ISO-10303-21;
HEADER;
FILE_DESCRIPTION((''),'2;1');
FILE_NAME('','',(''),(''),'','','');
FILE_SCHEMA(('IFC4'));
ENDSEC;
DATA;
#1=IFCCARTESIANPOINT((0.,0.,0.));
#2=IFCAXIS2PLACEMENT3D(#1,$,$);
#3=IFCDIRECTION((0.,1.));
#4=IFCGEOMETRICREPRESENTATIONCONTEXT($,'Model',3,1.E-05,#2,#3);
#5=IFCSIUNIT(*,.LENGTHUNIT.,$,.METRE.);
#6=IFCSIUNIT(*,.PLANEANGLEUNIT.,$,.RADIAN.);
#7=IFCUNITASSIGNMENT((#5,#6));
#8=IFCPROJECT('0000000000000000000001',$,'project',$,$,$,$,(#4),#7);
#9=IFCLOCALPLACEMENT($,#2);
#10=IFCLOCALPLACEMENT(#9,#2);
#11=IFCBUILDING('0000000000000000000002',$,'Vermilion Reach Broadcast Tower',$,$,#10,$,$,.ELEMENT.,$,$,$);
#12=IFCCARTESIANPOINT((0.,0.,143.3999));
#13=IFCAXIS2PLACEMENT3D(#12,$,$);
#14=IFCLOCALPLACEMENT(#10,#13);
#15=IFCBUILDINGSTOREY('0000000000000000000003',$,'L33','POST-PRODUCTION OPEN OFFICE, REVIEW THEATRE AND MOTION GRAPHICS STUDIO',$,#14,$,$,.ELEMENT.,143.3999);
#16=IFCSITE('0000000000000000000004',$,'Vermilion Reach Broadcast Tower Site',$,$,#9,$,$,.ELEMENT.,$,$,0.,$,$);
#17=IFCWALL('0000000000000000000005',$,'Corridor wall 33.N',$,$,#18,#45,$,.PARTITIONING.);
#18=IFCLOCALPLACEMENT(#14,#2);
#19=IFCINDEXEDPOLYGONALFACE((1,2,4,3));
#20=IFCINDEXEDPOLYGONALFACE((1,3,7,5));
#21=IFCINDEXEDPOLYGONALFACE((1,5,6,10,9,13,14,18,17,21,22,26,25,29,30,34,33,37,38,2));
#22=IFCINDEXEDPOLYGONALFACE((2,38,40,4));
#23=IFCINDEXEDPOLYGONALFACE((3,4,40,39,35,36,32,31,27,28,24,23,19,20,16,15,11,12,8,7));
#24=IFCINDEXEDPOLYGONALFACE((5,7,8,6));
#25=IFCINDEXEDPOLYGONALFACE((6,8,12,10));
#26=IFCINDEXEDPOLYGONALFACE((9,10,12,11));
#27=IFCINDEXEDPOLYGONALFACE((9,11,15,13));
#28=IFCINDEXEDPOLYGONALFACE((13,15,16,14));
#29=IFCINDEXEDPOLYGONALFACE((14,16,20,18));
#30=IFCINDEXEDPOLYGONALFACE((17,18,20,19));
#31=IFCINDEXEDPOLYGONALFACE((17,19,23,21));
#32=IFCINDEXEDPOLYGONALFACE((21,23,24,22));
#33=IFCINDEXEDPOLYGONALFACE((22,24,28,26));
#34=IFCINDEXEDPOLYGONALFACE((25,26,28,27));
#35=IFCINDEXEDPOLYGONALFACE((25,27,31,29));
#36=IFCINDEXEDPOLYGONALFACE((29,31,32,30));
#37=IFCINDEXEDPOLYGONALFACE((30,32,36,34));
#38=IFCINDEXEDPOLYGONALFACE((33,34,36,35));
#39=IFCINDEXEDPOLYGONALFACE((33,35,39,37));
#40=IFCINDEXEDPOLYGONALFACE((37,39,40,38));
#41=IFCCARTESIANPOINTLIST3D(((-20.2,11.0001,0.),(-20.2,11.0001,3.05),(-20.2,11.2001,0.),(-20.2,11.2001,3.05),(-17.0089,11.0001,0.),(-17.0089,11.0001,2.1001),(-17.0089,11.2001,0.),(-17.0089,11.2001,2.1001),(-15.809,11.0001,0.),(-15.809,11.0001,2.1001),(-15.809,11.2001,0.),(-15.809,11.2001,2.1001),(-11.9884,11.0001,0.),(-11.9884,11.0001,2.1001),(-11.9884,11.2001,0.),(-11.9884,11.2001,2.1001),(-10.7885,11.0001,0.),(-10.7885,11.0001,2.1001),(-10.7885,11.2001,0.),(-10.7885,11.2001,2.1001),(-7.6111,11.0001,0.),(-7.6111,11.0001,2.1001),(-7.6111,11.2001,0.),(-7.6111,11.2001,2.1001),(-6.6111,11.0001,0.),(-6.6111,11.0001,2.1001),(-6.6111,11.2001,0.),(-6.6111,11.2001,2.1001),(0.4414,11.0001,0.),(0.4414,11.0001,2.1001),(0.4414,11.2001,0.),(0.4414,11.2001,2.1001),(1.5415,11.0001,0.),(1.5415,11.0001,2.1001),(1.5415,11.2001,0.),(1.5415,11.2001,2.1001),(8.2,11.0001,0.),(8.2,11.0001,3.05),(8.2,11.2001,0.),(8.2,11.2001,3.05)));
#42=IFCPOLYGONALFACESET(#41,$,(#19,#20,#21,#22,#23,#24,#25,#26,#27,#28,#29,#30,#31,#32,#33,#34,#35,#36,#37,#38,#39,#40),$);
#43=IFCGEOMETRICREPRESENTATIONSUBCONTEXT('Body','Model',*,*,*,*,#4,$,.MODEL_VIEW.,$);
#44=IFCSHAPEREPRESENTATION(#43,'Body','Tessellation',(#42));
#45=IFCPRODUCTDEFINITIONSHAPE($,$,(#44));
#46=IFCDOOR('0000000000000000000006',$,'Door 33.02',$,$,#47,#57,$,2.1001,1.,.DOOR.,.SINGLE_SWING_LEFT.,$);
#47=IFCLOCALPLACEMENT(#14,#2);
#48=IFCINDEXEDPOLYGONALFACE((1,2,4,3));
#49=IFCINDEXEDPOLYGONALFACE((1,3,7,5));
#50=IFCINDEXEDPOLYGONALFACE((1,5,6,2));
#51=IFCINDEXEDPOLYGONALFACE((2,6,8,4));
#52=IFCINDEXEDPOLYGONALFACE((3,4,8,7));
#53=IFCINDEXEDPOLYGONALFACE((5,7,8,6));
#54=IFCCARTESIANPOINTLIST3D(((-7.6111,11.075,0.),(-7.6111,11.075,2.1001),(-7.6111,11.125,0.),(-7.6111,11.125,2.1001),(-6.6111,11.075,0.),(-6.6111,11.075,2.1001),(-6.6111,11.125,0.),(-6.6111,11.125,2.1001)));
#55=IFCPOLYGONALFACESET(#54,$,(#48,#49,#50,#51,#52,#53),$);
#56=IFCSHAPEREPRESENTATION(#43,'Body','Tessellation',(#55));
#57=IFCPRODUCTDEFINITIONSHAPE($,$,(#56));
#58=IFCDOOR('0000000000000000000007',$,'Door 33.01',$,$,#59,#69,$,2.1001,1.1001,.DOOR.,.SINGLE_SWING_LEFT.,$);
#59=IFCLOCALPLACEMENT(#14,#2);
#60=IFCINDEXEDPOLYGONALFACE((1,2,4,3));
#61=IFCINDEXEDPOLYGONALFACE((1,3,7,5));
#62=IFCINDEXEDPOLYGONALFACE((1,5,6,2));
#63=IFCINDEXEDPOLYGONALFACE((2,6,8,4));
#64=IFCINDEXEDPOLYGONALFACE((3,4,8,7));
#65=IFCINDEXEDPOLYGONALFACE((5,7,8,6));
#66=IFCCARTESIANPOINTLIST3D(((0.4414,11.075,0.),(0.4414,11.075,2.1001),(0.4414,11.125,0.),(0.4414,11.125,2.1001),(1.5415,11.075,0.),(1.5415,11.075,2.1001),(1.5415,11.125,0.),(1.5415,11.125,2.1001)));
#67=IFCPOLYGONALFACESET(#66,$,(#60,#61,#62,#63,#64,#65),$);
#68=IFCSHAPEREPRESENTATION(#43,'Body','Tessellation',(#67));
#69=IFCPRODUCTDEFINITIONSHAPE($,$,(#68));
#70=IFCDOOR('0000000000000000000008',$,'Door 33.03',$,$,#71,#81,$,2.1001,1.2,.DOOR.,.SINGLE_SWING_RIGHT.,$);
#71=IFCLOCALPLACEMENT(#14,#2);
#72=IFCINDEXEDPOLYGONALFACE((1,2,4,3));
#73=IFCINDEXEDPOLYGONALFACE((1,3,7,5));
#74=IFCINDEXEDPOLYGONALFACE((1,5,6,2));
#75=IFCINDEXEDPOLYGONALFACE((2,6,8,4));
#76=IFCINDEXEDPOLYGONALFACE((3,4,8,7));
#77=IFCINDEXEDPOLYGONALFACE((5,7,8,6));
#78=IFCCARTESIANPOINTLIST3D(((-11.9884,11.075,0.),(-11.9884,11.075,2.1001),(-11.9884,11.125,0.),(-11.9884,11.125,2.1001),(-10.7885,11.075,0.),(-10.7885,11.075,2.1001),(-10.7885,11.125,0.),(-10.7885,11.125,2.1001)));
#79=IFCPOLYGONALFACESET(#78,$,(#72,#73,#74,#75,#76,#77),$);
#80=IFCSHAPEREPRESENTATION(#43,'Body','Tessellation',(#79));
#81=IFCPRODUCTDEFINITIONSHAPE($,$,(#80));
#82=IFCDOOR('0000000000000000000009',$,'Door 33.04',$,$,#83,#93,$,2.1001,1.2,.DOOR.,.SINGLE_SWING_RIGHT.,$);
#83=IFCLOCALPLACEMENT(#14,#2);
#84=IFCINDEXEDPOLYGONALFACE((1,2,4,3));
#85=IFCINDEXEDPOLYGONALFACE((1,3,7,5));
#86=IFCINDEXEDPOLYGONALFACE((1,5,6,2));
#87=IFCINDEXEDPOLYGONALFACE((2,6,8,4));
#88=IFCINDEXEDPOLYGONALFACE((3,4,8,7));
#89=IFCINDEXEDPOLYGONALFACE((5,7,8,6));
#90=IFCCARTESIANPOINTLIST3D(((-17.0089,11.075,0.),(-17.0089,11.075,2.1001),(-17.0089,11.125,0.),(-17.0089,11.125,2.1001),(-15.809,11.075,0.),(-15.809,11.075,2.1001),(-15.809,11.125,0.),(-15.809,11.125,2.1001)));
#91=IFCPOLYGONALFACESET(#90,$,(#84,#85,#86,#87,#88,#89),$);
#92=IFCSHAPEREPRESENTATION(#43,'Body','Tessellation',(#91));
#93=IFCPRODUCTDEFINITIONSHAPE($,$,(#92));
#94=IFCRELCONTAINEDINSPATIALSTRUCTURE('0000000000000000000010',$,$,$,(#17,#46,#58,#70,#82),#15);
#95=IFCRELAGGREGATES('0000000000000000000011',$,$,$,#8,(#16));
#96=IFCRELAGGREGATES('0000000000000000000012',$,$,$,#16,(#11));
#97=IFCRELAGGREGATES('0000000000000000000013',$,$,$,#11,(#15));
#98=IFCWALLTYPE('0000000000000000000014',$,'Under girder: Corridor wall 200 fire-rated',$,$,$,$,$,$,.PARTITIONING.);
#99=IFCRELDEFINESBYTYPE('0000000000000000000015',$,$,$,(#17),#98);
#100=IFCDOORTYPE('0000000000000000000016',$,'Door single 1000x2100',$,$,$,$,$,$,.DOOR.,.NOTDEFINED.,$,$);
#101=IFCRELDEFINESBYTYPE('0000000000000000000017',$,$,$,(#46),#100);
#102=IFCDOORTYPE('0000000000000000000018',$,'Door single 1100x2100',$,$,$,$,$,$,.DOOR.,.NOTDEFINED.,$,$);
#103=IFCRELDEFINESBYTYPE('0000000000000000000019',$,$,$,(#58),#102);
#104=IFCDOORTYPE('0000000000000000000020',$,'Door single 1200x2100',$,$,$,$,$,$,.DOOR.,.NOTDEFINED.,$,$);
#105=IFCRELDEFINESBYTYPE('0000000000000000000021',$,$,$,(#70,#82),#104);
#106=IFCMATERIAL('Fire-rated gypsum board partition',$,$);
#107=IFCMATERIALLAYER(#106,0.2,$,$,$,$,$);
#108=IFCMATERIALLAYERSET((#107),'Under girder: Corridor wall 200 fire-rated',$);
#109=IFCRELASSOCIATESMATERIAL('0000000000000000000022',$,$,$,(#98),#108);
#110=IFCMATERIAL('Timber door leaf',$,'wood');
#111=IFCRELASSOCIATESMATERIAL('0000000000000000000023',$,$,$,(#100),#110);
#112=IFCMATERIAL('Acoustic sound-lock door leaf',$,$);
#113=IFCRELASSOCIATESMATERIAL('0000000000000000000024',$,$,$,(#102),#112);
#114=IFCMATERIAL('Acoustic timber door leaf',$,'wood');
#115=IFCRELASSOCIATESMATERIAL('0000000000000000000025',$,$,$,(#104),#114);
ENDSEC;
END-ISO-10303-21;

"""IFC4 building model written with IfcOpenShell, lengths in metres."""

from ifc_helpers import new_model, si_unit, direction, frame, frame_2d, origin, place, context, subcontext, project, spatial, rectangle, extrude, material, layer, layer_set, type_object, element, fill, save


model = new_model("IFC4")

# Units and contexts
model_context = context("Model", 3, precision=1e-05, world=origin(), true_north=direction((0.0, 1.0)))
body_context = subcontext(model_context, "Body", "Model", "MODEL_VIEW")
ifc_project = project(units=[si_unit("LENGTHUNIT", "METRE"), si_unit("PLANEANGLEUNIT", "RADIAN")], contexts=[model_context])

# Site, building, storey
site_placement = place(None, origin())
site = spatial("IfcSite", under=ifc_project, at=site_placement, Name="Vermilion Reach Broadcast Tower Site", CompositionType="ELEMENT", RefElevation=0.0)
building_placement = place(site_placement, origin())
building = spatial("IfcBuilding", under=site, at=building_placement, Name="Vermilion Reach Broadcast Tower", CompositionType="ELEMENT")
storey_placement = place(building_placement, frame((0.0, 0.0, 143.3999)))
storey = spatial("IfcBuildingStorey", under=building, at=storey_placement, Name="L33", Description="POST-PRODUCTION OPEN OFFICE, REVIEW THEATRE AND MOTION GRAPHICS STUDIO", CompositionType="ELEMENT", Elevation=143.3999)

# Wall, openings, doors
ifc_material_1 = material(Name="Fire-rated gypsum board partition")
ifc_layer_1 = layer(ifc_material_1, 0.2)
ifc_layer_set_1 = layer_set([ifc_layer_1], Name="Under girder: Corridor wall 200 fire-rated")
wall_type_1 = type_object("IfcWallType", Name="Under girder: Corridor wall 200 fire-rated", PredefinedType="PARTITIONING", material=ifc_layer_set_1)
wall_1_placement = place(storey_placement, frame((-20.2, 11.1001, 0.0), z_axis=(0.0, 0.0, 1.0), x_axis=(1.0, 0.0, 0.0)))
wall_1 = element("IfcWall", 1, at=wall_1_placement, inside=storey, type_object=wall_type_1, Name="Corridor wall 33.N", PredefinedType="PARTITIONING", context=body_context, shape_type="SweptSolid", body=[
    extrude(rectangle(XDim=28.3999, YDim=0.2, at=frame_2d((14.2, 0.0))), origin(), (0.0, 0.0, 1.0), 3.05),
])
opening_1_placement = place(wall_1_placement, frame((20.6414, 0.0, 0.0)))
opening_1 = element("IfcOpeningElement", 2, at=opening_1_placement, cuts=wall_1, PredefinedType="OPENING", context=body_context, shape_type="SweptSolid", body=[
    extrude(rectangle(XDim=1.1001, YDim=2.1001, at=frame_2d((0.55, 1.05))), frame((0.0, 0.1099, 0.0), z_axis=(0.0, -1.0, 0.0), x_axis=(1.0, 0.0, 0.0)), (0.0, 0.0, 1.0), 0.22),
])
opening_2_placement = place(wall_1_placement, frame((12.5889, 0.0, 0.0)))
opening_2 = element("IfcOpeningElement", 3, at=opening_2_placement, cuts=wall_1, PredefinedType="OPENING", context=body_context, shape_type="SweptSolid", body=[
    extrude(rectangle(XDim=1.0, YDim=2.1001, at=frame_2d((0.5, 1.05))), frame((0.0, 0.1099, 0.0), z_axis=(0.0, -1.0, 0.0), x_axis=(1.0, 0.0, 0.0)), (0.0, 0.0, 1.0), 0.22),
])
opening_3_placement = place(wall_1_placement, frame((8.2114, 0.0, 0.0)))
opening_3 = element("IfcOpeningElement", 4, at=opening_3_placement, cuts=wall_1, PredefinedType="OPENING", context=body_context, shape_type="SweptSolid", body=[
    extrude(rectangle(XDim=1.2, YDim=2.1001, at=frame_2d((0.6001, 1.05))), frame((0.0, 0.1099, 0.0), z_axis=(0.0, -1.0, 0.0), x_axis=(1.0, 0.0, 0.0)), (0.0, 0.0, 1.0), 0.22),
])
opening_4_placement = place(wall_1_placement, frame((3.1909, 0.0, 0.0)))
opening_4 = element("IfcOpeningElement", 5, at=opening_4_placement, cuts=wall_1, PredefinedType="OPENING", context=body_context, shape_type="SweptSolid", body=[
    extrude(rectangle(XDim=1.2, YDim=2.1001, at=frame_2d((0.6001, 1.05))), frame((0.0, 0.1099, 0.0), z_axis=(0.0, -1.0, 0.0), x_axis=(1.0, 0.0, 0.0)), (0.0, 0.0, 1.0), 0.22),
])
ifc_material_2 = material(Name="Timber door leaf", Category="wood")
door_type_1 = type_object("IfcDoorType", Name="Door single 1000x2100", OperationType="NOTDEFINED", PredefinedType="DOOR", material=ifc_material_2)
door_1_placement = place(opening_2_placement, origin())
door_1 = element("IfcDoor", 6, at=door_1_placement, inside=storey, type_object=door_type_1, Name="Door 33.02", OperationType="SINGLE_SWING_LEFT", OverallHeight=2.1001, OverallWidth=1.0, PredefinedType="DOOR", context=body_context, shape_type="SweptSolid", body=[
    extrude(rectangle(XDim=1.0, YDim=2.1001, at=frame_2d((0.5, 1.05))), frame((0.0, 0.0249, 0.0), z_axis=(0.0, -1.0, 0.0), x_axis=(1.0, 0.0, 0.0)), (0.0, 0.0, 1.0), 0.05),
])
fill(opening_2, door_1)
ifc_material_3 = material(Name="Acoustic sound-lock door leaf")
door_type_2 = type_object("IfcDoorType", Name="Door single 1100x2100", OperationType="NOTDEFINED", PredefinedType="DOOR", material=ifc_material_3)
door_2_placement = place(opening_1_placement, origin())
door_2 = element("IfcDoor", 7, at=door_2_placement, inside=storey, type_object=door_type_2, Name="Door 33.01", OperationType="SINGLE_SWING_LEFT", OverallHeight=2.1001, OverallWidth=1.1001, PredefinedType="DOOR", context=body_context, shape_type="SweptSolid", body=[
    extrude(rectangle(XDim=1.1001, YDim=2.1001, at=frame_2d((0.55, 1.05))), frame((0.0, 0.0249, 0.0), z_axis=(0.0, -1.0, 0.0), x_axis=(1.0, 0.0, 0.0)), (0.0, 0.0, 1.0), 0.05),
])
fill(opening_1, door_2)
ifc_material_4 = material(Name="Acoustic timber door leaf", Category="wood")
door_type_3 = type_object("IfcDoorType", Name="Door single 1200x2100", OperationType="NOTDEFINED", PredefinedType="DOOR", material=ifc_material_4)
door_3_placement = place(opening_3_placement, origin())
door_3 = element("IfcDoor", 8, at=door_3_placement, inside=storey, type_object=door_type_3, Name="Door 33.03", OperationType="SINGLE_SWING_RIGHT", OverallHeight=2.1001, OverallWidth=1.2, PredefinedType="DOOR", context=body_context, shape_type="SweptSolid", body=[
    extrude(rectangle(XDim=1.2, YDim=2.1001, at=frame_2d((0.6001, 1.05))), frame((0.0, 0.0249, 0.0), z_axis=(0.0, -1.0, 0.0), x_axis=(1.0, 0.0, 0.0)), (0.0, 0.0, 1.0), 0.05),
])
fill(opening_3, door_3)
door_4_placement = place(opening_4_placement, origin())
door_4 = element("IfcDoor", 9, at=door_4_placement, inside=storey, type_object=door_type_3, Name="Door 33.04", OperationType="SINGLE_SWING_RIGHT", OverallHeight=2.1001, OverallWidth=1.2, PredefinedType="DOOR", context=body_context, shape_type="SweptSolid", body=[
    extrude(rectangle(XDim=1.2, YDim=2.1001, at=frame_2d((0.6001, 1.05))), frame((0.0, 0.0249, 0.0), z_axis=(0.0, -1.0, 0.0), x_axis=(1.0, 0.0, 0.0)), (0.0, 0.0, 1.0), 0.05),
])
fill(opening_4, door_4)

save(model, "model.ifc")
